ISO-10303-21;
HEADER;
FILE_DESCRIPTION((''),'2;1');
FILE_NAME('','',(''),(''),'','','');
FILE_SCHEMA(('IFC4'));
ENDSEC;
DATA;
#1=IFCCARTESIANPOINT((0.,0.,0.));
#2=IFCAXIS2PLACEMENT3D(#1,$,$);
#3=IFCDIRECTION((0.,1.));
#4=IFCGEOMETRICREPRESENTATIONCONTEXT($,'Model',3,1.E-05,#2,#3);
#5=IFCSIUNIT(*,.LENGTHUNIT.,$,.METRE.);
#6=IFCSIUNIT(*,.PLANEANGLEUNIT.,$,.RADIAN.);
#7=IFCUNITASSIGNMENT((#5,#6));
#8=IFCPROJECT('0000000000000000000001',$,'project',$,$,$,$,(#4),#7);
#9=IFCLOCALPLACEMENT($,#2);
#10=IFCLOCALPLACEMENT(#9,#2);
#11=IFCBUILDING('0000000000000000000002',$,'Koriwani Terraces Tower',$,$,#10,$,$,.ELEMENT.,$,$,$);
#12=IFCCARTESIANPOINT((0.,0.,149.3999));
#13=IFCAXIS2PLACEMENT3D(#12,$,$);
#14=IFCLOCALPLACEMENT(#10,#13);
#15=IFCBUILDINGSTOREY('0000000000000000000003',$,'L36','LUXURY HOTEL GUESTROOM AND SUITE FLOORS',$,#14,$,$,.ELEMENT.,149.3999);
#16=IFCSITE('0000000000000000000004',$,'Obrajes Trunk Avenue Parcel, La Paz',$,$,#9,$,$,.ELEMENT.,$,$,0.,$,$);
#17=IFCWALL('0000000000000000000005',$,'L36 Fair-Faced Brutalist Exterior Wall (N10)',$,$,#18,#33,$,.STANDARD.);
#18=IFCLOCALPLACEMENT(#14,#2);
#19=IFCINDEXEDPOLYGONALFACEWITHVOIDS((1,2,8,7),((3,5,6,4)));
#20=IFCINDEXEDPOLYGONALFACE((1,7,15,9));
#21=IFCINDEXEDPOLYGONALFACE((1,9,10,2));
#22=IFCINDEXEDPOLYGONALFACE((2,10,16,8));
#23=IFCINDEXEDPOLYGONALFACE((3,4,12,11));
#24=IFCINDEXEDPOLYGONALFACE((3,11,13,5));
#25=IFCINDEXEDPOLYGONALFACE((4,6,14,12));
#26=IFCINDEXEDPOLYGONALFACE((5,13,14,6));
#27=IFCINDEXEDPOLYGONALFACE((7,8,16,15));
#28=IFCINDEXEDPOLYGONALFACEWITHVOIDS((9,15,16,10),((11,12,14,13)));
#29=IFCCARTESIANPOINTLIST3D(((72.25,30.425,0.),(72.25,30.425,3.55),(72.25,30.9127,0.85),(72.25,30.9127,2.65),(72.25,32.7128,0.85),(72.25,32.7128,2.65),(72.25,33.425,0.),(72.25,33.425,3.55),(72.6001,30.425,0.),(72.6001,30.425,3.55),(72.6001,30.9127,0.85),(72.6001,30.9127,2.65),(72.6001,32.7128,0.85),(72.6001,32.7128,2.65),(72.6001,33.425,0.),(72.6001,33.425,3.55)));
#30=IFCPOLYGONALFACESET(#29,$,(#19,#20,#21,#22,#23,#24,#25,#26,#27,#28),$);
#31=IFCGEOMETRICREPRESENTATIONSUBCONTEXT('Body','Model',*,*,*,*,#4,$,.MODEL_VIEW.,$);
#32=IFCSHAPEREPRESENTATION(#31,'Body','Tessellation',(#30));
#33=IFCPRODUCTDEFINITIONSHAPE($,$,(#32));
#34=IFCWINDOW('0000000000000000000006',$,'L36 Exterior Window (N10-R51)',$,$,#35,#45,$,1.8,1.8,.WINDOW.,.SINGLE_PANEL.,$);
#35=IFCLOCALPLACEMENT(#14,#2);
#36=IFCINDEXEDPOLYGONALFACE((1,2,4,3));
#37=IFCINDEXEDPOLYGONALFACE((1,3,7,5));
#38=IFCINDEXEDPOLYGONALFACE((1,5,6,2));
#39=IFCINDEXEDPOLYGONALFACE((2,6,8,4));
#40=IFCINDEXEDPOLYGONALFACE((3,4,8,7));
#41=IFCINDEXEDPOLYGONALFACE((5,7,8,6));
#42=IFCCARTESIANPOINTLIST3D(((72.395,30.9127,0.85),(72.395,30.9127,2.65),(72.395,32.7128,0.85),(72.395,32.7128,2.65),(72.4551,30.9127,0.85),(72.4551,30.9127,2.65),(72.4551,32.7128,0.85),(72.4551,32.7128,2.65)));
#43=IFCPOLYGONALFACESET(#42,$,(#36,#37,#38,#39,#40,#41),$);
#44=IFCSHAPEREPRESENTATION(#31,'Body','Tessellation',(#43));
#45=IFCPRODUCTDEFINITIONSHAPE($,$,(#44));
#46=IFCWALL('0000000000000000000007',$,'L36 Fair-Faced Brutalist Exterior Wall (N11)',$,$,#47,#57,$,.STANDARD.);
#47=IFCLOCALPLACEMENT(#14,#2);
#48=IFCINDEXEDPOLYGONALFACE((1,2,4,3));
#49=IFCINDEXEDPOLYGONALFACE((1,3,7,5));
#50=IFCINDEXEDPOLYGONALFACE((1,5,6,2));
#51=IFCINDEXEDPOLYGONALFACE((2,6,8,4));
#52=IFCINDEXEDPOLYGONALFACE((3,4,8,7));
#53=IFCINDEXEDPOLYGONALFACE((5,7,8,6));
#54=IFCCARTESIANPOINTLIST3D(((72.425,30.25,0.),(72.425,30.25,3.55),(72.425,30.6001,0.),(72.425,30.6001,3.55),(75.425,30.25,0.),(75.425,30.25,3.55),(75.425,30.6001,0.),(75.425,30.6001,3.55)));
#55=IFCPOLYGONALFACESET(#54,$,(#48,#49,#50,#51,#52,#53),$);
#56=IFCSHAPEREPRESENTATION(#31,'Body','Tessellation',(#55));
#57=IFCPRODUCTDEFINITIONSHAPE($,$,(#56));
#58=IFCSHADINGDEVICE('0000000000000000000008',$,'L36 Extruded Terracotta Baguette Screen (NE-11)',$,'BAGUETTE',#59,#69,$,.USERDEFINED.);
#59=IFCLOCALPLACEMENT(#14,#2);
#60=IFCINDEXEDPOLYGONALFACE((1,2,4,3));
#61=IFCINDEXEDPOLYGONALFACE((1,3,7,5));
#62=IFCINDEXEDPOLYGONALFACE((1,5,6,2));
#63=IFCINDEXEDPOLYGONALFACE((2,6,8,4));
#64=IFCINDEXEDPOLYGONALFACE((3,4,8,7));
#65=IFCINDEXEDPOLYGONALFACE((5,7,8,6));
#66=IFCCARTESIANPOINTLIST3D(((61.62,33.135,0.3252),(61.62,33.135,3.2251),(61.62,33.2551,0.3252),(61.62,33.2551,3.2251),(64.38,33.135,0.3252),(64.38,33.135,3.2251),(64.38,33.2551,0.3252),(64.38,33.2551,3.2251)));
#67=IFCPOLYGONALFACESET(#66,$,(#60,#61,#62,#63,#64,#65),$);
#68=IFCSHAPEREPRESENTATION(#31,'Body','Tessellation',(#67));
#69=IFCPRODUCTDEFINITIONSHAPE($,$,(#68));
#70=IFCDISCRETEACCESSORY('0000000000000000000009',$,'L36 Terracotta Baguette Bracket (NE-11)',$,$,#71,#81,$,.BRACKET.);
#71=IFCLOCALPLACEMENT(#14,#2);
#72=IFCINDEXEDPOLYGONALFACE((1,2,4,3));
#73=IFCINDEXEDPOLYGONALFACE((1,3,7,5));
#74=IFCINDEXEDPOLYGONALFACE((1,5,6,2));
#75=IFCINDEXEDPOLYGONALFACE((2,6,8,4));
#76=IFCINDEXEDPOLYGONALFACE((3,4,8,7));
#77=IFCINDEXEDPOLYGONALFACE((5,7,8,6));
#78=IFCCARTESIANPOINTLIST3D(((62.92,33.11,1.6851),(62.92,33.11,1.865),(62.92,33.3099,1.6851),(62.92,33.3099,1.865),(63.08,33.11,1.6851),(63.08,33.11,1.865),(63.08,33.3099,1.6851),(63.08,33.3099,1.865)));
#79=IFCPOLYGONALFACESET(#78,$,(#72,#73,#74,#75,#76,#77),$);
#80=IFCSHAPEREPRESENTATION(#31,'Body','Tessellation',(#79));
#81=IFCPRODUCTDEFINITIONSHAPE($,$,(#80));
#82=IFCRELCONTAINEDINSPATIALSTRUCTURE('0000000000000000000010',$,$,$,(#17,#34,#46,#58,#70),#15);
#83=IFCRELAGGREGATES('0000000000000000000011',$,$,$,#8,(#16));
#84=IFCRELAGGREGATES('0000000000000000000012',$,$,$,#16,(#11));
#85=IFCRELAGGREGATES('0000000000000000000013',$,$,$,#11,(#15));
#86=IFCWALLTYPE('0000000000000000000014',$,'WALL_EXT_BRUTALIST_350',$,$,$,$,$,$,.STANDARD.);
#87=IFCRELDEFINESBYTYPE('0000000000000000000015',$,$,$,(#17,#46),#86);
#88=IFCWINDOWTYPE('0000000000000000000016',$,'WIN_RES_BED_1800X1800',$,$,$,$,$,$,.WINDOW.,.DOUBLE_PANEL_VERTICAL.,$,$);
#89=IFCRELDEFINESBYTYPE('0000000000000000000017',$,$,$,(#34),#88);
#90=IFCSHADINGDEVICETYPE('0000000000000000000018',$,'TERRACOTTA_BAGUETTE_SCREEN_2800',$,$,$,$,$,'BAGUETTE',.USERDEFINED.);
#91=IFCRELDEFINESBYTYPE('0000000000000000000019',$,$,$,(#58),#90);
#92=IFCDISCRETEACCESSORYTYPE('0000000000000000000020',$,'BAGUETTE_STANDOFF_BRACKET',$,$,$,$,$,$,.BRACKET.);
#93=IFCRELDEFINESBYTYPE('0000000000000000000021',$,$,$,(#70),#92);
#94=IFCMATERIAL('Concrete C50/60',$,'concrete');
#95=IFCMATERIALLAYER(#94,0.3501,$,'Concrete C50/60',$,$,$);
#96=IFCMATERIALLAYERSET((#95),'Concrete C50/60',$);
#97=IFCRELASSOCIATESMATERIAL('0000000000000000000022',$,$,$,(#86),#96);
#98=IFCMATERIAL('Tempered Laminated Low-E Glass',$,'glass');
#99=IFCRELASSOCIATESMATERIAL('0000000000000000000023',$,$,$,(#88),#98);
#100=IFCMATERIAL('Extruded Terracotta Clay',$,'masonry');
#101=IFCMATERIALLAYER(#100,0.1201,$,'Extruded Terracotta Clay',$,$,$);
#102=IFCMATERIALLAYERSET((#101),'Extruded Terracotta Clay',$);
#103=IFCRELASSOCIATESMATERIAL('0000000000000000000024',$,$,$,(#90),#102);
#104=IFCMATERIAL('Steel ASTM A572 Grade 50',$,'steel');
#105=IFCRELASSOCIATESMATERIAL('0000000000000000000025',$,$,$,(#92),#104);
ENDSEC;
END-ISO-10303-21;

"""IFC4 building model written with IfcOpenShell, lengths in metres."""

from ifc_helpers import new_model, si_unit, direction, frame, frame_2d, origin, origin_2d, place, context, subcontext, project, spatial, rectangle, extrude, material, layer, layer_set, type_object, element, fill, save


model = new_model("IFC4")

# Units and contexts
model_context = context("Model", 3, precision=1e-05, world=origin(), true_north=direction((0.0, 1.0)))
body_context = subcontext(model_context, "Body", "Model", "MODEL_VIEW")
ifc_project = project(units=[si_unit("LENGTHUNIT", "METRE"), si_unit("PLANEANGLEUNIT", "RADIAN")], contexts=[model_context])

# Site, building, storey
site_placement = place(None, origin())
site = spatial("IfcSite", under=ifc_project, at=site_placement, Name="Obrajes Trunk Avenue Parcel, La Paz", CompositionType="ELEMENT", RefElevation=0.0)
building_placement = place(site_placement, origin())
building = spatial("IfcBuilding", under=site, at=building_placement, Name="Koriwani Terraces Tower", CompositionType="ELEMENT")
storey_placement = place(building_placement, frame((0.0, 0.0, 149.3999)))
storey = spatial("IfcBuildingStorey", under=building, at=storey_placement, Name="L36", Description="LUXURY HOTEL GUESTROOM AND SUITE FLOORS", CompositionType="ELEMENT", Elevation=149.3999)

# Shared definitions
ifc_material_1 = material(Name="Concrete C50/60", Category="concrete")

# Shared definitions
ifc_material_2 = material(Name="Steel ASTM A572 Grade 50", Category="steel")

# Shared definitions
ifc_material_3 = material(Name="Tempered Laminated Low-E Glass", Category="glass")

# Wall, opening, window
ifc_layer_1 = layer(ifc_material_1, 0.3501, Name="Concrete C50/60")
ifc_layer_set_1 = layer_set([ifc_layer_1], Name="Concrete C50/60")
wall_type_1 = type_object("IfcWallType", Name="WALL_EXT_BRUTALIST_350", PredefinedType="STANDARD", material=ifc_layer_set_1)
wall_1_placement = place(storey_placement, frame((72.425, 33.425, 0.0), z_axis=(0.0, 0.0, 1.0), x_axis=(0.0, -1.0, 0.0)))
wall_1 = element("IfcWall", 1, at=wall_1_placement, inside=storey, type_object=wall_type_1, Name="L36 Fair-Faced Brutalist Exterior Wall (N10)", PredefinedType="STANDARD", context=body_context, shape_type="SweptSolid", body=[
    extrude(rectangle(XDim=3.0, YDim=0.3501, at=frame_2d((1.5, 0.0))), origin(), (0.0, 0.0, 1.0), 3.55),
])
opening_placement = place(wall_1_placement, frame((0.7124, 0.0, 0.8501)))
opening = element("IfcOpeningElement", 2, at=opening_placement, cuts=wall_1, PredefinedType="OPENING", context=body_context, shape_type="SweptSolid", body=[
    extrude(rectangle(XDim=1.8, YDim=1.8, at=frame_2d((0.8999, 0.8999))), frame((0.0, 0.1851, 0.0), z_axis=(0.0, -1.0, 0.0), x_axis=(1.0, 0.0, 0.0)), (0.0, 0.0, 1.0), 0.3701),
])
window_type = type_object("IfcWindowType", Name="WIN_RES_BED_1800X1800", PartitioningType="DOUBLE_PANEL_VERTICAL", PredefinedType="WINDOW", material=ifc_material_3)
window_placement = place(opening_placement, origin())
window = element("IfcWindow", 3, at=window_placement, inside=storey, type_object=window_type, Name="L36 Exterior Window (N10-R51)", OverallHeight=1.8, OverallWidth=1.8, PartitioningType="SINGLE_PANEL", PredefinedType="WINDOW", context=body_context, shape_type="SweptSolid", body=[
    extrude(rectangle(XDim=1.8, YDim=1.8, at=frame_2d((0.8999, 0.8999))), frame((0.0, 0.03, 0.0), z_axis=(0.0, -1.0, 0.0), x_axis=(1.0, 0.0, 0.0)), (0.0, 0.0, 1.0), 0.0601),
])
fill(opening, window)

# Wall
wall_2_placement = place(storey_placement, frame((72.425, 30.425, 0.0), z_axis=(0.0, 0.0, 1.0), x_axis=(1.0, 0.0, 0.0)))
element("IfcWall", 4, at=wall_2_placement, inside=storey, type_object=wall_type_1, Name="L36 Fair-Faced Brutalist Exterior Wall (N11)", PredefinedType="STANDARD", context=body_context, shape_type="SweptSolid", body=[
    extrude(rectangle(XDim=3.0, YDim=0.3501, at=frame_2d((1.5, 0.0))), origin(), (0.0, 0.0, 1.0), 3.55),
])

# Shading device
ifc_material_4 = material(Name="Extruded Terracotta Clay", Category="masonry")
ifc_layer_2 = layer(ifc_material_4, 0.1201, Name="Extruded Terracotta Clay")
ifc_layer_set_2 = layer_set([ifc_layer_2], Name="Extruded Terracotta Clay")
shading_device_type = type_object("IfcShadingDeviceType", Name="TERRACOTTA_BAGUETTE_SCREEN_2800", ElementType="BAGUETTE", PredefinedType="USERDEFINED", material=ifc_layer_set_2)
shading_device_placement = place(storey_placement, frame((63.0, 33.1951, 0.3252), z_axis=(0.0, 0.0, 1.0), x_axis=(1.0, 0.0, 0.0)))
element("IfcShadingDevice", 5, at=shading_device_placement, inside=storey, type_object=shading_device_type, Name="L36 Extruded Terracotta Baguette Screen (NE-11)", ObjectType="BAGUETTE", PredefinedType="USERDEFINED", context=body_context, shape_type="SweptSolid", body=[
    extrude(rectangle(XDim=2.76, YDim=0.1201, at=origin_2d()), origin(), (0.0, 0.0, 1.0), 2.8999),
])

# Discrete accessory
discrete_accessory_type = type_object("IfcDiscreteAccessoryType", Name="BAGUETTE_STANDOFF_BRACKET", PredefinedType="BRACKET", material=ifc_material_2)
discrete_accessory_placement = place(storey_placement, frame((63.0, 33.21, 1.6851), z_axis=(0.0, 0.0, 1.0), x_axis=(1.0, 0.0, 0.0)))
element("IfcDiscreteAccessory", 6, at=discrete_accessory_placement, inside=storey, type_object=discrete_accessory_type, Name="L36 Terracotta Baguette Bracket (NE-11)", PredefinedType="BRACKET", context=body_context, shape_type="SweptSolid", body=[
    extrude(rectangle(XDim=0.1599, YDim=0.2, at=origin_2d()), origin(), (0.0, 0.0, 1.0), 0.1799),
])

save(model, "model.ifc")
